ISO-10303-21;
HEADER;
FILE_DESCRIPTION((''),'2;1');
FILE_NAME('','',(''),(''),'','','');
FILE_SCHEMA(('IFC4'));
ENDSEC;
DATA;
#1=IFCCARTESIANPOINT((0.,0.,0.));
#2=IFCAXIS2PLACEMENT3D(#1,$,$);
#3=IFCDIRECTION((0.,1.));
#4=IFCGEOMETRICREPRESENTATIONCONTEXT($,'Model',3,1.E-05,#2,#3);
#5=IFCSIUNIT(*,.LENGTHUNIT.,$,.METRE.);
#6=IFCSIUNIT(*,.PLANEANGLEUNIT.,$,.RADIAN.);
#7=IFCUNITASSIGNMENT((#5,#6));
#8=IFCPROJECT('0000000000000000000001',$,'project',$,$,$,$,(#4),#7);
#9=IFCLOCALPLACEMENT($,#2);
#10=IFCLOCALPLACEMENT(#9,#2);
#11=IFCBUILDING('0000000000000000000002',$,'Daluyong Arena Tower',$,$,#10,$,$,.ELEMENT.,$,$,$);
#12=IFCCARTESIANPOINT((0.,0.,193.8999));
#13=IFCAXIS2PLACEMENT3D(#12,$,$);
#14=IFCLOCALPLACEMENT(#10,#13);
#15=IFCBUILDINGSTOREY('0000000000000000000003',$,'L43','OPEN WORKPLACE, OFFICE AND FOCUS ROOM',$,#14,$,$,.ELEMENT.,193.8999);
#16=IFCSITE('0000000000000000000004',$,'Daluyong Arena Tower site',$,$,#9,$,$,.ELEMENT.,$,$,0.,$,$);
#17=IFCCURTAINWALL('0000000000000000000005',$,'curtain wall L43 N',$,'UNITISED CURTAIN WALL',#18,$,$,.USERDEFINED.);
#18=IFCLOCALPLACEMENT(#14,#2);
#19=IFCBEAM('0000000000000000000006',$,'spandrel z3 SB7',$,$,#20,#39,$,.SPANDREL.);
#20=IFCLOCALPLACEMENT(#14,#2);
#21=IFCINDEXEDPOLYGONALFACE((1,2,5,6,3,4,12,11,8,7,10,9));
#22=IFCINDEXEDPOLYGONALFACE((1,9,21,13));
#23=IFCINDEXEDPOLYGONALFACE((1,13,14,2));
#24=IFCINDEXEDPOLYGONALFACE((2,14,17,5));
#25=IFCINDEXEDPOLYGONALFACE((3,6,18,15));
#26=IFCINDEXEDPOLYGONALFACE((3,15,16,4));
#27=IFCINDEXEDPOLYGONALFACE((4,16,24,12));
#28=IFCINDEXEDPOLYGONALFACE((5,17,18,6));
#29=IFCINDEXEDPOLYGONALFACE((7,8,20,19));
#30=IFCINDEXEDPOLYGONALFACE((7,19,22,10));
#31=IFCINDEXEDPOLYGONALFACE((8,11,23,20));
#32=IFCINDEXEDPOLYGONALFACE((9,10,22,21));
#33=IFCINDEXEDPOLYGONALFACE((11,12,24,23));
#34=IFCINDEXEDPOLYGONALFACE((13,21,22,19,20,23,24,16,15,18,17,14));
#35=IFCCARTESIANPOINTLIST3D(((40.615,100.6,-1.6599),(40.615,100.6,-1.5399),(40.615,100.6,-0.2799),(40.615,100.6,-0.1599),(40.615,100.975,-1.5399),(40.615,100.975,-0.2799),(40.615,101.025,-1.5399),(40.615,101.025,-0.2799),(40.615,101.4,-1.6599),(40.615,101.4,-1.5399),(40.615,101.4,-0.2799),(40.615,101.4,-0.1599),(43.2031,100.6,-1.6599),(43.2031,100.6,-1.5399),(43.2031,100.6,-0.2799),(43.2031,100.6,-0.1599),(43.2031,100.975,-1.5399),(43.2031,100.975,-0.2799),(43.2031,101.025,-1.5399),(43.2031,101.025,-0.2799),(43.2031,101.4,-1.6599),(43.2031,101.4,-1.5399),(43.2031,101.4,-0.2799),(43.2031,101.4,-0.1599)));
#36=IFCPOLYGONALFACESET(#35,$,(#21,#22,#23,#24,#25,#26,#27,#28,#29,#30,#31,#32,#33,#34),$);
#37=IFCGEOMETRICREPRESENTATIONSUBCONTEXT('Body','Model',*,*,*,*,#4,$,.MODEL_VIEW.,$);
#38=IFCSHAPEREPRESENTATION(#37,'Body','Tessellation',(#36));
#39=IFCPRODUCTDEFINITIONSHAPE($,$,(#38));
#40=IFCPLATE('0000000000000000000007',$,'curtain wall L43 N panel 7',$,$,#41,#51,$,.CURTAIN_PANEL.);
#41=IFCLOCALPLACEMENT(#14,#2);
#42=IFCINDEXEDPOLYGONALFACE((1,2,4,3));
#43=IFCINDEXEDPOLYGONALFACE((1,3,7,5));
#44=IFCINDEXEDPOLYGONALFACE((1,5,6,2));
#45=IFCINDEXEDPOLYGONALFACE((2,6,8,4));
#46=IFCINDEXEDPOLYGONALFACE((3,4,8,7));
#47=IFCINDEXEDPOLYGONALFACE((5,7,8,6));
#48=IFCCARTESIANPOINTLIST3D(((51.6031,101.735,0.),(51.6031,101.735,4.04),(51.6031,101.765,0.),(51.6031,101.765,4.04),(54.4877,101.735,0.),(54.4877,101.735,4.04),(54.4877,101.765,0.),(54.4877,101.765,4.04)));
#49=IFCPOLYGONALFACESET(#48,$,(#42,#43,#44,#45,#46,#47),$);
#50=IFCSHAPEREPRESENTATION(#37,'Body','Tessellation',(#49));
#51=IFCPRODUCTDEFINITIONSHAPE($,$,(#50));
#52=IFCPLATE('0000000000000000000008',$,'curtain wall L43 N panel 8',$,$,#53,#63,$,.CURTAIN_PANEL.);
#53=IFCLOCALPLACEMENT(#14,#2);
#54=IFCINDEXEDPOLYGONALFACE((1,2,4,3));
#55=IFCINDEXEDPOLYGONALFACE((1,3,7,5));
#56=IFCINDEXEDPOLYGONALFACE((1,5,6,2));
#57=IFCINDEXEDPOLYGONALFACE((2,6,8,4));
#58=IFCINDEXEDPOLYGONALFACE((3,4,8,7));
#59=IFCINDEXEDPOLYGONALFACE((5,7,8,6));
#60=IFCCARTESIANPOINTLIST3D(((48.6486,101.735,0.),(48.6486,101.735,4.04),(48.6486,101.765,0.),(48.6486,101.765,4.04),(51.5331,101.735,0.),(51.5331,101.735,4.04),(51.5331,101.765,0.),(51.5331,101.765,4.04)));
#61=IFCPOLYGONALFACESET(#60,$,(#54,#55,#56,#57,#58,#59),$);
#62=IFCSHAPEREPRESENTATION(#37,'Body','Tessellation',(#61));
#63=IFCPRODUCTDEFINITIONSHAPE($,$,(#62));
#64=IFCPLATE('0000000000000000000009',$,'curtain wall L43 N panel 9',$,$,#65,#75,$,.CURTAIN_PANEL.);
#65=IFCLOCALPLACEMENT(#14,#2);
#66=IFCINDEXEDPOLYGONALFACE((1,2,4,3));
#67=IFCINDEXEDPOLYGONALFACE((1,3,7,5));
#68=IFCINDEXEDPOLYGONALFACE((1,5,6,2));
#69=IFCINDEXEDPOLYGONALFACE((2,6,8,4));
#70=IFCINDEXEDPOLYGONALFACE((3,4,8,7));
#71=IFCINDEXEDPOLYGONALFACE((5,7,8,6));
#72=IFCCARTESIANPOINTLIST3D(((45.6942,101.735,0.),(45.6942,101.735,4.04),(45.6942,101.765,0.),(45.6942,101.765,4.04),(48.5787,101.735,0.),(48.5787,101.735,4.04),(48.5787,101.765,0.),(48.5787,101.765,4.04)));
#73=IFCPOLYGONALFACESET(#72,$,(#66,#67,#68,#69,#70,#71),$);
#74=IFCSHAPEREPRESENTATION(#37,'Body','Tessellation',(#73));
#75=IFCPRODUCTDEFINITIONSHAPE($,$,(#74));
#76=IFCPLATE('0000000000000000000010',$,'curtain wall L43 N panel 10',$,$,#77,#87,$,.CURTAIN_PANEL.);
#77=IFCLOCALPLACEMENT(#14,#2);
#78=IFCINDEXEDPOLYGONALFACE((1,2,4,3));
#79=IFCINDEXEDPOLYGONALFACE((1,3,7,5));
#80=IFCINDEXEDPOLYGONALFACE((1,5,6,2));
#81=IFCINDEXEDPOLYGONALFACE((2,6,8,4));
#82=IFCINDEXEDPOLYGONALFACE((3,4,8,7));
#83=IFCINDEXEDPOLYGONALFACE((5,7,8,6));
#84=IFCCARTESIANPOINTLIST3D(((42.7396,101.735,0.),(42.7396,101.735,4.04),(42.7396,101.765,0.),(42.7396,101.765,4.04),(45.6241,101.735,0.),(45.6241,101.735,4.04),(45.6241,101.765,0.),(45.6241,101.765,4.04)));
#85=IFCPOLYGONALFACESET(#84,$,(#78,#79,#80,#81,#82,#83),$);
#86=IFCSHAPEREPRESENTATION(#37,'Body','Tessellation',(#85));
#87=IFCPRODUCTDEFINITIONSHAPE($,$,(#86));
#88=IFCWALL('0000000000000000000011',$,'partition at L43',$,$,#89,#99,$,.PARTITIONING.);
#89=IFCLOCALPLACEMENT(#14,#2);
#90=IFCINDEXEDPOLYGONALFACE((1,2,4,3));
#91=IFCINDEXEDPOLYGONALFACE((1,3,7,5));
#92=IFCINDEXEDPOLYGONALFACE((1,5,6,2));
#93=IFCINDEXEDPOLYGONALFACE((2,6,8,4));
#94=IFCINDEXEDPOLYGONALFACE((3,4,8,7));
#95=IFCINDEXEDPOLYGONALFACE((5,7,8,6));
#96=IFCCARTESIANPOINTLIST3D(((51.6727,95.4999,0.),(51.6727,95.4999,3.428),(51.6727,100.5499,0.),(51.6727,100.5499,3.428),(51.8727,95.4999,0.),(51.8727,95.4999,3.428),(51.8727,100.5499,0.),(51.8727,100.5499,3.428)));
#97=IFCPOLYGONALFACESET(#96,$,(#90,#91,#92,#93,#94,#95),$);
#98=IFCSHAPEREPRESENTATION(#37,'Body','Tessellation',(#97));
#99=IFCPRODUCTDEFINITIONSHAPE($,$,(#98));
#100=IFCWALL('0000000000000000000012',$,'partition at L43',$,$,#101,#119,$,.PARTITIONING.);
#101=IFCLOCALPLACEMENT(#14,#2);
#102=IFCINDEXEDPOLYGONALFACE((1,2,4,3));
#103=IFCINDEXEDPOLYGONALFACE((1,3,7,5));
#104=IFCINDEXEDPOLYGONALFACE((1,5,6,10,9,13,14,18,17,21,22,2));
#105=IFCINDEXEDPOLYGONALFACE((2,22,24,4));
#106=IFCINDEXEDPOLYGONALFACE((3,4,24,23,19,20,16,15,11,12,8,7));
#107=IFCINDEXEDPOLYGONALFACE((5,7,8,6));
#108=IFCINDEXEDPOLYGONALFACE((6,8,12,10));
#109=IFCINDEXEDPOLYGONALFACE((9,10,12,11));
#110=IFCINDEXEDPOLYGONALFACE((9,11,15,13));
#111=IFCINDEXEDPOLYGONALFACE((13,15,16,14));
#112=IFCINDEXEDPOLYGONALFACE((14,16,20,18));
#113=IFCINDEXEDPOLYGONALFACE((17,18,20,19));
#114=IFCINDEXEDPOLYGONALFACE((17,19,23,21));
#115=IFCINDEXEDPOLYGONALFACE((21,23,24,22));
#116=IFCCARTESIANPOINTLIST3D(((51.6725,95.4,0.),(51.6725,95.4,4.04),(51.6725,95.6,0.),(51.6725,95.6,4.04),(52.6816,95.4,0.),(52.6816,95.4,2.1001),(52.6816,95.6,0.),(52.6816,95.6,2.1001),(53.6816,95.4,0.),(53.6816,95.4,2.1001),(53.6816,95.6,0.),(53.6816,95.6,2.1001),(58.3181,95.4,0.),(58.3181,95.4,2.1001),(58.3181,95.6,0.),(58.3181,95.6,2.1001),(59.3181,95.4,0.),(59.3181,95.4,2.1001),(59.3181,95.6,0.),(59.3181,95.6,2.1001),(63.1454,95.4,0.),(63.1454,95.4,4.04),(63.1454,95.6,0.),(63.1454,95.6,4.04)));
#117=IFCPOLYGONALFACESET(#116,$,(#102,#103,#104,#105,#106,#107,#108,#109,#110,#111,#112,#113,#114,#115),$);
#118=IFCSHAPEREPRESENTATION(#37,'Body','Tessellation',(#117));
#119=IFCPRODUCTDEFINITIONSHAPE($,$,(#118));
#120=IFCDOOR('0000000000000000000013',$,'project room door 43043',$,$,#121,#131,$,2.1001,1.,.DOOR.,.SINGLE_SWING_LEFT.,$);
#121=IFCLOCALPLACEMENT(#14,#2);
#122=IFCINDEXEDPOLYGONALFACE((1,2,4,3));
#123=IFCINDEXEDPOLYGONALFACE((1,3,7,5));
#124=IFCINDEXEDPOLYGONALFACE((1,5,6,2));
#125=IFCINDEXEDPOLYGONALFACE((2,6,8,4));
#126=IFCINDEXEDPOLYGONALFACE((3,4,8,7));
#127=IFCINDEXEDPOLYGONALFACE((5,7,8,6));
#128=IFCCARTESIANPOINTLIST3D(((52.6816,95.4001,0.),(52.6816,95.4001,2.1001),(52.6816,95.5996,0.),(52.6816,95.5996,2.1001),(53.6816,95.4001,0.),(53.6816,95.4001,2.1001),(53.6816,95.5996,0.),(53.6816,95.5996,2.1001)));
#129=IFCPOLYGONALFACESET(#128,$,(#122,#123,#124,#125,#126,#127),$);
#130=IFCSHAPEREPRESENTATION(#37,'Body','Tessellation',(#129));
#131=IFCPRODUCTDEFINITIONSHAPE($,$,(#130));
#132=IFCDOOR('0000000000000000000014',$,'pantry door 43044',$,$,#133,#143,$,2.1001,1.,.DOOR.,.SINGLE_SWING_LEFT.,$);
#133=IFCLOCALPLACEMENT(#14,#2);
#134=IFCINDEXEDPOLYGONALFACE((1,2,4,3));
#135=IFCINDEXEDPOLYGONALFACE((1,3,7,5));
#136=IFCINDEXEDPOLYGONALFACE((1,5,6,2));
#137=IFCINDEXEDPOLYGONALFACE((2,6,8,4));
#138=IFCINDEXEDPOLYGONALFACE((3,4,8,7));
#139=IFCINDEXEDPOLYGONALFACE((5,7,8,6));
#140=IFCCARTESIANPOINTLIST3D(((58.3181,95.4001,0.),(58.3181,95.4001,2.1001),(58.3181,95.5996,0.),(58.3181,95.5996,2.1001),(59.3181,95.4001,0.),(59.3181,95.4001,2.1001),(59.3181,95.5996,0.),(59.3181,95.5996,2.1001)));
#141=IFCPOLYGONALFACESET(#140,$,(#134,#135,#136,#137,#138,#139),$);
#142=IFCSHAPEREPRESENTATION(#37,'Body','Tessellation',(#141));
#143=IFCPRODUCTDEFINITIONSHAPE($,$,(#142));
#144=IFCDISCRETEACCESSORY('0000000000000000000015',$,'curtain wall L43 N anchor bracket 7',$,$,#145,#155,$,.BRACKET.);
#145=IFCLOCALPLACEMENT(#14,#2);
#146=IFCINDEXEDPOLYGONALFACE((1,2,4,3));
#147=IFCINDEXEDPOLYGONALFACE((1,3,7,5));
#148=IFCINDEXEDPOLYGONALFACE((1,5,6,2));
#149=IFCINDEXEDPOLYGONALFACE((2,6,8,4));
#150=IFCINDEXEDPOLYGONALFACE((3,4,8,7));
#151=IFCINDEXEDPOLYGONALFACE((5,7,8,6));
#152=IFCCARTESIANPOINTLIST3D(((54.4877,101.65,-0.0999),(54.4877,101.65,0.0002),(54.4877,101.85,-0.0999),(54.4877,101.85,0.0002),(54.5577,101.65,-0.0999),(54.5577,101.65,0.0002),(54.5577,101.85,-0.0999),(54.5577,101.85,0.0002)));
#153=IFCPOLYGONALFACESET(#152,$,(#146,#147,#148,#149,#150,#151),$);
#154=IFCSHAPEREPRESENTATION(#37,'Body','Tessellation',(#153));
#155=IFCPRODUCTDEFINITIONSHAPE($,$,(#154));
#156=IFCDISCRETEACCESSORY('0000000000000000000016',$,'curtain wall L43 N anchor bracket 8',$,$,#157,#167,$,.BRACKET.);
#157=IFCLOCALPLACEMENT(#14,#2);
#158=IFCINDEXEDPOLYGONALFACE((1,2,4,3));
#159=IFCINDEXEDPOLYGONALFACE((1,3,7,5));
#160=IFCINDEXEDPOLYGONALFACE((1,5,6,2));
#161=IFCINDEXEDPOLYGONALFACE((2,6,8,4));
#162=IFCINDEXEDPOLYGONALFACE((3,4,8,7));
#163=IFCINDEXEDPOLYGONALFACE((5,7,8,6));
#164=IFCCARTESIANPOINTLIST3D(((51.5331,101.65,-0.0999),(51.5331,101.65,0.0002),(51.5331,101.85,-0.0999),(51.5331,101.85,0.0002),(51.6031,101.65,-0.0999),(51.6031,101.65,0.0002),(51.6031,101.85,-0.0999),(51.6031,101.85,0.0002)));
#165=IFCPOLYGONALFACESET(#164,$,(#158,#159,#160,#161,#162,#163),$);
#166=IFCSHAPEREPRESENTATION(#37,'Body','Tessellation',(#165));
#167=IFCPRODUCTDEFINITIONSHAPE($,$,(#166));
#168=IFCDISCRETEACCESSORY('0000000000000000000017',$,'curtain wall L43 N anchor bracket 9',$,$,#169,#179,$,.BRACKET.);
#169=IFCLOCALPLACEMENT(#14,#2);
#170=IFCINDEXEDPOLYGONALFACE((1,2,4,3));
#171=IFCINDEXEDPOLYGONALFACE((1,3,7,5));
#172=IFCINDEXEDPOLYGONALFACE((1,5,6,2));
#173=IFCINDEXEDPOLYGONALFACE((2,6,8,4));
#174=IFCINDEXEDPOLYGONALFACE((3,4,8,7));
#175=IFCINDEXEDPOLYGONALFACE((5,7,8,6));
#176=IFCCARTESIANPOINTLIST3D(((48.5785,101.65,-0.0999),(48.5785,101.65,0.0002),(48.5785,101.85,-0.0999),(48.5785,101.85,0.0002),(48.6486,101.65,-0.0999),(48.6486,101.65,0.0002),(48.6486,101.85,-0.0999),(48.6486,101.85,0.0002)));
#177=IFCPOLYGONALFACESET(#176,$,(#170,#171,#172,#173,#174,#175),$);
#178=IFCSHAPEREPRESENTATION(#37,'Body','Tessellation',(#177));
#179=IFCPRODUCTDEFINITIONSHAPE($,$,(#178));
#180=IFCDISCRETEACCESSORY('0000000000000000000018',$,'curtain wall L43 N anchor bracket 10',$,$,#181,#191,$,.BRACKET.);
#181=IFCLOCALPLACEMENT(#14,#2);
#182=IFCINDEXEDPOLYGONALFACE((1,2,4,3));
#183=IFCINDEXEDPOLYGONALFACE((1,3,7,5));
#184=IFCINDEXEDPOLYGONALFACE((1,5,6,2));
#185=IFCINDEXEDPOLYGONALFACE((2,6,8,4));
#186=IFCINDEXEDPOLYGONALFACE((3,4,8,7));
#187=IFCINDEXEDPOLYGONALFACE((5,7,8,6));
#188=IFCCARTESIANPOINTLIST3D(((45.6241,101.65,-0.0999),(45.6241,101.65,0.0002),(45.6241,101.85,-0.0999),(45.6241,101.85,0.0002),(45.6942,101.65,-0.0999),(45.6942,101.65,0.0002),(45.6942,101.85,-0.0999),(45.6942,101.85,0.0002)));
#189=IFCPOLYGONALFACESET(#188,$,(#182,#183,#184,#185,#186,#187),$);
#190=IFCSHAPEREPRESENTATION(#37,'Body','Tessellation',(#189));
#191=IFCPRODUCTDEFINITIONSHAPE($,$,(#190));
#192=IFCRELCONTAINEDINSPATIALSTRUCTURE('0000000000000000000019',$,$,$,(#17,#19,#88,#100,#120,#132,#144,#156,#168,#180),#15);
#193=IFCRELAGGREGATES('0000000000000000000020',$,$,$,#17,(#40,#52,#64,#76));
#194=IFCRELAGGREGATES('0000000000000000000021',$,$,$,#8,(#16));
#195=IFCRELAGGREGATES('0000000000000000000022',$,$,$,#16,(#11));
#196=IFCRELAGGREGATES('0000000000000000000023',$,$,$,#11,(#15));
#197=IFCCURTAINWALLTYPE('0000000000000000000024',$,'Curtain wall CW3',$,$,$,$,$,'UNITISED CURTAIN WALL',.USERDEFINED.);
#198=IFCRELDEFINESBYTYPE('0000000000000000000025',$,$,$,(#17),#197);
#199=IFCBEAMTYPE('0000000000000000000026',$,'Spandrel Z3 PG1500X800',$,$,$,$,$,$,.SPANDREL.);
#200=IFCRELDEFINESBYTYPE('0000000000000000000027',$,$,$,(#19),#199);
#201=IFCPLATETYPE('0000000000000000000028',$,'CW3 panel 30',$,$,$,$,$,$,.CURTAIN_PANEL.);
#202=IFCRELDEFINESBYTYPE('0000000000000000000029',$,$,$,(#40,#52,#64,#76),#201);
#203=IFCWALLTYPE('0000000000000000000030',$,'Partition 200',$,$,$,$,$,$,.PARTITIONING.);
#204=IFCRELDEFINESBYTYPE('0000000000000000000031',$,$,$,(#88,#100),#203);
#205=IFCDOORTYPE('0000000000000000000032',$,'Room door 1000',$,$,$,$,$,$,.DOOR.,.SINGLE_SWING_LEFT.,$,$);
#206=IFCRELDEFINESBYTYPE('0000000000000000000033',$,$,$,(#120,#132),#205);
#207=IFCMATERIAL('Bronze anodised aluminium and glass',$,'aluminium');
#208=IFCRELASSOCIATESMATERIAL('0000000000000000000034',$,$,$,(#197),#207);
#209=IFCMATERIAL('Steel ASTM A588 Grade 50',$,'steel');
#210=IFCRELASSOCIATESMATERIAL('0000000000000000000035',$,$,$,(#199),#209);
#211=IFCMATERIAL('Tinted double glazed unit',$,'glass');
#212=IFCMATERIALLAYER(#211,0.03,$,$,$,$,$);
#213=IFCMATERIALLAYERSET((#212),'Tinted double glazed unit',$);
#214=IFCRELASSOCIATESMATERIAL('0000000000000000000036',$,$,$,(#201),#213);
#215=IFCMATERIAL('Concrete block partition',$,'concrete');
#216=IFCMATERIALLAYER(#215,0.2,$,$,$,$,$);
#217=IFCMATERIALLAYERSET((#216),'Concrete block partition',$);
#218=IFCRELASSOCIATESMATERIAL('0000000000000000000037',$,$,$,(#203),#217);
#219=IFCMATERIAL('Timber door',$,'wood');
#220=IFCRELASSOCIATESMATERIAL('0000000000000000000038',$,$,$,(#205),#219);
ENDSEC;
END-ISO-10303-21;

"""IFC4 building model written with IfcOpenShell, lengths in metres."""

from ifc_helpers import new_model, si_unit, direction, frame, frame_2d, origin, origin_2d, place, context, subcontext, project, spatial, rectangle, i_section, extrude, material, layer, layer_set, material_profile, profile_set, type_object, element, fill, aggregate, save


model = new_model("IFC4")

# Units and contexts
model_context = context("Model", 3, precision=1e-05, world=origin(), true_north=direction((0.0, 1.0)))
body_context = subcontext(model_context, "Body", "Model", "MODEL_VIEW")
ifc_project = project(units=[si_unit("LENGTHUNIT", "METRE"), si_unit("PLANEANGLEUNIT", "RADIAN")], contexts=[model_context])

# Site, building, storey
site_placement = place(None, origin())
site = spatial("IfcSite", under=ifc_project, at=site_placement, Name="Daluyong Arena Tower site", CompositionType="ELEMENT", RefElevation=0.0)
building_placement = place(site_placement, origin())
building = spatial("IfcBuilding", under=site, at=building_placement, Name="Daluyong Arena Tower", CompositionType="ELEMENT")
storey_placement = place(building_placement, frame((0.0, 0.0, 193.8999)))
storey = spatial("IfcBuildingStorey", under=building, at=storey_placement, Name="L43", Description="OPEN WORKPLACE, OFFICE AND FOCUS ROOM", CompositionType="ELEMENT", Elevation=193.8999)

# Curtain wall
ifc_material_1 = material(Name="Bronze anodised aluminium and glass", Category="aluminium")
curtain_wall_type = type_object("IfcCurtainWallType", Name="Curtain wall CW3", ElementType="UNITISED CURTAIN WALL", PredefinedType="USERDEFINED", material=ifc_material_1)
curtain_wall_placement = place(storey_placement, origin())
curtain_wall = element("IfcCurtainWall", 1, at=curtain_wall_placement, inside=storey, type_object=curtain_wall_type, Name="curtain wall L43 N", ObjectType="UNITISED CURTAIN WALL", PredefinedType="USERDEFINED")

# Beam
ifc_material_2 = material(Name="Steel ASTM A588 Grade 50", Category="steel")
ifc_material_profile_1 = material_profile(ifc_material_2, i_section(OverallWidth=0.8, OverallDepth=1.5, WebThickness=0.05, FlangeThickness=0.12, at=origin_2d()))
ifc_profile_set_1 = profile_set([ifc_material_profile_1], Name="Steel ASTM A588 Grade 50")
beam_type_1 = type_object("IfcBeamType", Name="Spandrel Z3 PG1500X800", PredefinedType="SPANDREL", material=ifc_profile_set_1)
beam_1_placement = place(storey_placement, frame((43.2031, 101.0, -0.9099), z_axis=(-1.0, 0.0, 0.0), x_axis=(0.0, -1.0, 0.0)))
element("IfcBeam", 2, at=beam_1_placement, inside=storey, type_object=beam_type_1, Name="spandrel z3 SB7", PredefinedType="SPANDREL", context=body_context, shape_type="SweptSolid", body=[
    extrude(i_section(OverallWidth=0.8, OverallDepth=1.5, WebThickness=0.05, FlangeThickness=0.12, at=origin_2d()), origin(), (0.0, 0.0, 1.0), 2.5881),
])

# Plates
ifc_material_3 = material(Name="Tinted double glazed unit", Category="glass")
ifc_layer_1 = layer(ifc_material_3, 0.03)
ifc_layer_set_1 = layer_set([ifc_layer_1], Name="Tinted double glazed unit")
plate_type = type_object("IfcPlateType", Name="CW3 panel 30", PredefinedType="CURTAIN_PANEL", material=ifc_layer_set_1)
plate_1_placement = place(storey_placement, frame((53.0454, 101.75, 0.0), z_axis=(0.0, 0.0, 1.0), x_axis=(-1.0, 0.0, 0.0)))
plate_1 = element("IfcPlate", 3, at=plate_1_placement, type_object=plate_type, Name="curtain wall L43 N panel 7", PredefinedType="CURTAIN_PANEL", context=body_context, shape_type="SweptSolid", body=[
    extrude(rectangle(XDim=2.8845, YDim=0.03, at=origin_2d()), origin(), (0.0, 0.0, 1.0), 4.04),
])
plate_2_placement = place(storey_placement, frame((50.0908, 101.75, 0.0), z_axis=(0.0, 0.0, 1.0), x_axis=(-1.0, 0.0, 0.0)))
plate_2 = element("IfcPlate", 4, at=plate_2_placement, type_object=plate_type, Name="curtain wall L43 N panel 8", PredefinedType="CURTAIN_PANEL", context=body_context, shape_type="SweptSolid", body=[
    extrude(rectangle(XDim=2.8845, YDim=0.03, at=origin_2d()), origin(), (0.0, 0.0, 1.0), 4.04),
])
plate_3_placement = place(storey_placement, frame((47.1365, 101.75, 0.0), z_axis=(0.0, 0.0, 1.0), x_axis=(-1.0, 0.0, 0.0)))
plate_3 = element("IfcPlate", 5, at=plate_3_placement, type_object=plate_type, Name="curtain wall L43 N panel 9", PredefinedType="CURTAIN_PANEL", context=body_context, shape_type="SweptSolid", body=[
    extrude(rectangle(XDim=2.8845, YDim=0.03, at=origin_2d()), origin(), (0.0, 0.0, 1.0), 4.04),
])
plate_4_placement = place(storey_placement, frame((44.1819, 101.75, 0.0), z_axis=(0.0, 0.0, 1.0), x_axis=(-1.0, 0.0, 0.0)))
plate_4 = element("IfcPlate", 6, at=plate_4_placement, type_object=plate_type, Name="curtain wall L43 N panel 10", PredefinedType="CURTAIN_PANEL", context=body_context, shape_type="SweptSolid", body=[
    extrude(rectangle(XDim=2.8845, YDim=0.03, at=origin_2d()), origin(), (0.0, 0.0, 1.0), 4.04),
])
aggregate(curtain_wall, [plate_1, plate_2, plate_3, plate_4])

# Wall
ifc_material_4 = material(Name="Concrete block partition", Category="concrete")
ifc_layer_2 = layer(ifc_material_4, 0.2)
ifc_layer_set_2 = layer_set([ifc_layer_2], Name="Concrete block partition")
wall_type = type_object("IfcWallType", Name="Partition 200", PredefinedType="PARTITIONING", material=ifc_layer_set_2)
wall_1_placement = place(storey_placement, frame((51.7727, 95.5, 0.0), z_axis=(0.0, 0.0, 1.0), x_axis=(0.0, 1.0, 0.0)))
element("IfcWall", 7, at=wall_1_placement, inside=storey, type_object=wall_type, Name="partition at L43", PredefinedType="PARTITIONING", context=body_context, shape_type="SweptSolid", body=[
    extrude(rectangle(XDim=5.05, YDim=0.2, at=frame_2d((2.5249, 0.0))), origin(), (0.0, 0.0, 1.0), 3.428),
])

# Wall, openings, doors
wall_2_placement = place(storey_placement, frame((51.6726, 95.5, 0.0), z_axis=(0.0, 0.0, 1.0), x_axis=(1.0, 0.0, 0.0)))
wall_2 = element("IfcWall", 8, at=wall_2_placement, inside=storey, type_object=wall_type, Name="partition at L43", PredefinedType="PARTITIONING", context=body_context, shape_type="SweptSolid", body=[
    extrude(rectangle(XDim=11.4729, YDim=0.2, at=frame_2d((5.7363, 0.0))), origin(), (0.0, 0.0, 1.0), 4.04),
])
opening_1_placement = place(wall_2_placement, frame((1.009, 0.0, 0.0)))
opening_1 = element("IfcOpeningElement", 9, at=opening_1_placement, cuts=wall_2, PredefinedType="OPENING", context=body_context, shape_type="SweptSolid", body=[
    extrude(rectangle(XDim=1.0, YDim=2.1001, at=frame_2d((0.5, 1.05))), frame((0.0, 0.1099, 0.0), z_axis=(0.0, -1.0, 0.0), x_axis=(1.0, 0.0, 0.0)), (0.0, 0.0, 1.0), 0.22),
])
opening_2_placement = place(wall_2_placement, frame((6.6455, 0.0, 0.0)))
opening_2 = element("IfcOpeningElement", 10, at=opening_2_placement, cuts=wall_2, PredefinedType="OPENING", context=body_context, shape_type="SweptSolid", body=[
    extrude(rectangle(XDim=1.0, YDim=2.1001, at=frame_2d((0.5, 1.05))), frame((0.0, 0.1099, 0.0), z_axis=(0.0, -1.0, 0.0), x_axis=(1.0, 0.0, 0.0)), (0.0, 0.0, 1.0), 0.22),
])
ifc_material_5 = material(Name="Timber door", Category="wood")
door_type = type_object("IfcDoorType", Name="Room door 1000", OperationType="SINGLE_SWING_LEFT", PredefinedType="DOOR", material=ifc_material_5)
door_1_placement = place(opening_1_placement, origin())
door_1 = element("IfcDoor", 11, at=door_1_placement, inside=storey, type_object=door_type, Name="project room door 43043", OperationType="SINGLE_SWING_LEFT", OverallHeight=2.1001, OverallWidth=1.0, PredefinedType="DOOR", context=body_context, shape_type="SweptSolid", body=[
    extrude(rectangle(XDim=1.0, YDim=2.1001, at=frame_2d((0.5, 1.05))), frame((0.0, 0.0996, 0.0), z_axis=(0.0, -1.0, 0.0), x_axis=(1.0, 0.0, 0.0)), (0.0, 0.0, 1.0), 0.1995),
])
fill(opening_1, door_1)
door_2_placement = place(opening_2_placement, origin())
door_2 = element("IfcDoor", 12, at=door_2_placement, inside=storey, type_object=door_type, Name="pantry door 43044", OperationType="SINGLE_SWING_LEFT", OverallHeight=2.1001, OverallWidth=1.0, PredefinedType="DOOR", context=body_context, shape_type="SweptSolid", body=[
    extrude(rectangle(XDim=1.0, YDim=2.1001, at=frame_2d((0.5, 1.05))), frame((0.0, 0.0996, 0.0), z_axis=(0.0, -1.0, 0.0), x_axis=(1.0, 0.0, 0.0)), (0.0, 0.0, 1.0), 0.1995),
])
fill(opening_2, door_2)

# Discrete accessories
for number, where, z_axis, x_axis, name in (
    (13, (54.5227, 101.75, -0.0999), (0.0, 0.0, 1.0), (-1.0, 0.0, 0.0), "curtain wall L43 N anchor bracket 7"),
    (14, (51.5681, 101.75, -0.0999), (0.0, 0.0, 1.0), (-1.0, 0.0, 0.0), "curtain wall L43 N anchor bracket 8"),
    (15, (48.6135, 101.75, -0.0999), (0.0, 0.0, 1.0), (-1.0, 0.0, 0.0), "curtain wall L43 N anchor bracket 9"),
    (16, (45.6592, 101.75, -0.0999), (0.0, 0.0, 1.0), (-1.0, 0.0, 0.0), "curtain wall L43 N anchor bracket 10"),
):
    element("IfcDiscreteAccessory", number, at=place(storey_placement, frame(where, z_axis=z_axis, x_axis=x_axis)), inside=storey, Name=name, PredefinedType="BRACKET", context=body_context, shape_type="SweptSolid", body=[
        extrude(rectangle(XDim=0.0701, YDim=0.2, at=origin_2d()), origin(), (0.0, 0.0, 1.0), 0.1001),
    ])

save(model, "model.ifc")
